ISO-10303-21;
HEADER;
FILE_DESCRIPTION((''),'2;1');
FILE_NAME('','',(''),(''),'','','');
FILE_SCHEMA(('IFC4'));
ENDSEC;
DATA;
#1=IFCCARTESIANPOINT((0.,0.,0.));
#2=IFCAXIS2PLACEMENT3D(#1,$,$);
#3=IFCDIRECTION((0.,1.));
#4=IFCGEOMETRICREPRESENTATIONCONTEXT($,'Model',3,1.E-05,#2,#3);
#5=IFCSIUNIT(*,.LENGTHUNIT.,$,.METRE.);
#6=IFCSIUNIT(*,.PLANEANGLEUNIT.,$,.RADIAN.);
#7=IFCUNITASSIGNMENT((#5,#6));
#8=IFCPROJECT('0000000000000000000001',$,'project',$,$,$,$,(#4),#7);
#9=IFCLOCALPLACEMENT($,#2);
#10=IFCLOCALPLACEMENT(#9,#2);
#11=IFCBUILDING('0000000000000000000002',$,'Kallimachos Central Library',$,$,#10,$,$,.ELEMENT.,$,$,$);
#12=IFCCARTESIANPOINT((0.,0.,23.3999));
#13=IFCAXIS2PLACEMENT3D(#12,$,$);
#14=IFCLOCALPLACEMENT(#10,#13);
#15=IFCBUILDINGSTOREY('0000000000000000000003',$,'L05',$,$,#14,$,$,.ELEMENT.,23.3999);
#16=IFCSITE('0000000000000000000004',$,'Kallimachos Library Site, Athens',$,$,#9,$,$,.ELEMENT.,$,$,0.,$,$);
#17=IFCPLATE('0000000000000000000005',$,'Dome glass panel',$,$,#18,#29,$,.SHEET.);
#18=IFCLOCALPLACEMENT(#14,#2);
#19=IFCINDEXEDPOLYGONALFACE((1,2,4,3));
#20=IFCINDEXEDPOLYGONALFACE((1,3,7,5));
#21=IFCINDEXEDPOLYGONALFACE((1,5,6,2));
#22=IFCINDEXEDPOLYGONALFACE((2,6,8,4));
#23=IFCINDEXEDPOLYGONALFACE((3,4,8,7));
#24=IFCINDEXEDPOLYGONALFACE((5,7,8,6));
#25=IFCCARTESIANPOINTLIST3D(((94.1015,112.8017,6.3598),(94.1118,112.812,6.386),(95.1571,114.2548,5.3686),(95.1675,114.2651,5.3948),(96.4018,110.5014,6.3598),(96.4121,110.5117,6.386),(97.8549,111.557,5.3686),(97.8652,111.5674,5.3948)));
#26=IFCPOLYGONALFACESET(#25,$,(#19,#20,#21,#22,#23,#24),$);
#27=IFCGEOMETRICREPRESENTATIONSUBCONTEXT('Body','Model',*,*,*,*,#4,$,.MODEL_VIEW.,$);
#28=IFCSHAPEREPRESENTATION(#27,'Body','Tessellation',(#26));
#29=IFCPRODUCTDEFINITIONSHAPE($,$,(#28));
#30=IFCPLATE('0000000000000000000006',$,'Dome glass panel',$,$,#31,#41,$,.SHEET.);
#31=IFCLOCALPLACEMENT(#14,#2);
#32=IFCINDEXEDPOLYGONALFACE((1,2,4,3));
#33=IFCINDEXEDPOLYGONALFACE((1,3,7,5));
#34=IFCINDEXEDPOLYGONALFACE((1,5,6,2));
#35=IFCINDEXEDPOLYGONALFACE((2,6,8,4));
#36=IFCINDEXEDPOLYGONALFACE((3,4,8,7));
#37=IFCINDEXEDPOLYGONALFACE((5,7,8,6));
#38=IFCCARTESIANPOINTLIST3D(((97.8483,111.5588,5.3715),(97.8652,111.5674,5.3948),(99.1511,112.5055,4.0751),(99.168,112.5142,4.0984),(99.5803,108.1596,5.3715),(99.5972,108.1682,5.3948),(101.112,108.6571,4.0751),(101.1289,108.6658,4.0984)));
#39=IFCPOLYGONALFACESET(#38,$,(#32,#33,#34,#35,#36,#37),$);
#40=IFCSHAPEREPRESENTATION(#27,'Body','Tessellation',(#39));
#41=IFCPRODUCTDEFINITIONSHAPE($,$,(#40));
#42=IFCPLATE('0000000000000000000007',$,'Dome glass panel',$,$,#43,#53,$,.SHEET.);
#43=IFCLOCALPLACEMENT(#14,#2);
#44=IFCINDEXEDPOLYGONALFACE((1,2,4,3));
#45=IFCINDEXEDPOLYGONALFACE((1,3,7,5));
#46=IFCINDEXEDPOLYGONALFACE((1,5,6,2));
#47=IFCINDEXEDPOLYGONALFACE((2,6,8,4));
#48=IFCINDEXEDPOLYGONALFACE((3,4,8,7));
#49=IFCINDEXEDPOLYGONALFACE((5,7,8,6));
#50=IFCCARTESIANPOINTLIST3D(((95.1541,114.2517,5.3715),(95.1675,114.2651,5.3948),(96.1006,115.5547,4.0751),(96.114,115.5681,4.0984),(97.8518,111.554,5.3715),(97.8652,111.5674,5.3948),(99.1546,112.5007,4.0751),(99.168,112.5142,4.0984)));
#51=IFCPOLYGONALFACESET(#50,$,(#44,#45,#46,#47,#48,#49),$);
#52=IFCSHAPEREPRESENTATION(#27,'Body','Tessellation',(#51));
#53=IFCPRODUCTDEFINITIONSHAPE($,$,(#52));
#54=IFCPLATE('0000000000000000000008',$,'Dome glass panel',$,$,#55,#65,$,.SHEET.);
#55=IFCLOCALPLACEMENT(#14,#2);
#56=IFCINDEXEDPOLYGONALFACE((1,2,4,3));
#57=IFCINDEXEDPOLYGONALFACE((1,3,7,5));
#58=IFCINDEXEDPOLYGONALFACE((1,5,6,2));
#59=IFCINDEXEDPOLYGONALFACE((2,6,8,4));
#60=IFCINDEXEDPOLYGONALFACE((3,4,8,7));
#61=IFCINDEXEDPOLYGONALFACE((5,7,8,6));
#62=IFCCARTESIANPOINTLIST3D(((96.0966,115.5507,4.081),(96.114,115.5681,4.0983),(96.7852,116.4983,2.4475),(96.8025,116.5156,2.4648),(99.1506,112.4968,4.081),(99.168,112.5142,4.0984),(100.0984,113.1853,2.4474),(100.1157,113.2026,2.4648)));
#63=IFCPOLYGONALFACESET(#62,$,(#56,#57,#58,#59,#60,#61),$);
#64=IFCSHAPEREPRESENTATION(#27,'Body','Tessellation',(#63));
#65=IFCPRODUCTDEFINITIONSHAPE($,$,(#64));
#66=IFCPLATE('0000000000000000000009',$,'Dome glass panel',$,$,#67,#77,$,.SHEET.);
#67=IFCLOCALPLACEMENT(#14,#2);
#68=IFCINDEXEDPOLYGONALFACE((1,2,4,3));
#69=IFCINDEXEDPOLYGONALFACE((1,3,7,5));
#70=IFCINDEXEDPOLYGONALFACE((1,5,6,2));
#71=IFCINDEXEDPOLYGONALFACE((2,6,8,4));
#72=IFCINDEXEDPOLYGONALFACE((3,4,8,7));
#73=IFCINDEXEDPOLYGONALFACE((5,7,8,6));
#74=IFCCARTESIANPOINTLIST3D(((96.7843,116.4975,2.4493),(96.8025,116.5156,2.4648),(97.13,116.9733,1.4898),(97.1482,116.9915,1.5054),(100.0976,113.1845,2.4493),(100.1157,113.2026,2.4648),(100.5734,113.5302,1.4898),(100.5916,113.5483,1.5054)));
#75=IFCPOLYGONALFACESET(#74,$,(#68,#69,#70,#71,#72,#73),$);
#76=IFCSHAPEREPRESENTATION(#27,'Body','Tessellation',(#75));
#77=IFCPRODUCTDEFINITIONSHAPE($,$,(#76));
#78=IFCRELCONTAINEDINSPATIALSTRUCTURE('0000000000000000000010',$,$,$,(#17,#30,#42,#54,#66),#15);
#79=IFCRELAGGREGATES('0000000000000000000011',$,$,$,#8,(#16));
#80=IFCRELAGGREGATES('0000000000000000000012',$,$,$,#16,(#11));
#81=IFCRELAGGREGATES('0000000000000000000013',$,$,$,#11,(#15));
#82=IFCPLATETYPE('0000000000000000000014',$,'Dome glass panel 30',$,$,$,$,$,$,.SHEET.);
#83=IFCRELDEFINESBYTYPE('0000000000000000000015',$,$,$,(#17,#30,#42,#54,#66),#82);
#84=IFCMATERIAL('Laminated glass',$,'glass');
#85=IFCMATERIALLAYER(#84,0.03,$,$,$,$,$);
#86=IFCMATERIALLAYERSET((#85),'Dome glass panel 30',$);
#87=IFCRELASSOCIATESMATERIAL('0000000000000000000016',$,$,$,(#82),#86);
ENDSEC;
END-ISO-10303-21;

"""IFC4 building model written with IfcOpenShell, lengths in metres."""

from ifc_helpers import new_model, si_unit, direction, frame, origin, place, context, subcontext, project, spatial, polyline, outline, extrude, material, layer, layer_set, type_object, element, save


model = new_model("IFC4")

# Units and contexts
model_context = context("Model", 3, precision=1e-05, world=origin(), true_north=direction((0.0, 1.0)))
body_context = subcontext(model_context, "Body", "Model", "MODEL_VIEW")
ifc_project = project(units=[si_unit("LENGTHUNIT", "METRE"), si_unit("PLANEANGLEUNIT", "RADIAN")], contexts=[model_context])

# Site, building, storey
site_placement = place(None, origin())
site = spatial("IfcSite", under=ifc_project, at=site_placement, Name="Kallimachos Library Site, Athens", CompositionType="ELEMENT", RefElevation=0.0)
building_placement = place(site_placement, origin())
building = spatial("IfcBuilding", under=site, at=building_placement, Name="Kallimachos Central Library", CompositionType="ELEMENT")
storey_placement = place(building_placement, frame((0.0, 0.0, 23.3999)))
storey = spatial("IfcBuildingStorey", under=building, at=storey_placement, Name="L05", CompositionType="ELEMENT", Elevation=23.3999)

# Plates
ifc_material_1 = material(Name="Laminated glass", Category="glass")
ifc_layer = layer(ifc_material_1, 0.03)
ifc_layer_set = layer_set([ifc_layer], Name="Dome glass panel 30")
plate_type = type_object("IfcPlateType", Name="Dome glass panel 30", PredefinedType="SHEET", material=ifc_layer_set)
plate_1_placement = place(storey_placement, frame((96.4121, 110.5117, 6.386), z_axis=(0.344907, 0.344907, 0.872971), x_axis=(0.708336, 0.514591, -0.483173)))
element("IfcPlate", 1, at=plate_1_placement, inside=storey, type_object=plate_type, Name="Dome glass panel", PredefinedType="SHEET", context=body_context, shape_type="SweptSolid", body=[
    extrude(outline(polyline([(0.0, 0.0), (2.0515, 0.0), (1.5288, 3.7792), (-0.4457, 3.2224), (0.0, 0.0)])), origin(), (0.0, 0.0, -1.0), 0.03),
])
plate_2_placement = place(storey_placement, frame((99.5972, 108.1682, 5.3948), z_axis=(0.562907, 0.28682, 0.775158), x_axis=(0.740869, 0.240657, -0.627054)))
element("IfcPlate", 2, at=plate_2_placement, inside=storey, type_object=plate_type, Name="Dome glass panel", PredefinedType="SHEET", context=body_context, shape_type="SweptSolid", body=[
    extrude(outline(polyline([(0.0, 0.0), (2.0675, 0.0), (1.5408, 4.287), (-0.4651, 3.7865), (0.0, 0.0)])), origin(), (0.0, 0.0, -1.0), 0.03),
])
plate_3_placement = place(storey_placement, frame((97.8652, 111.5674, 5.3948), z_axis=(0.446724, 0.446724, 0.775162), x_axis=(0.630133, 0.457957, -0.627063)))
element("IfcPlate", 3, at=plate_3_placement, inside=storey, type_object=plate_type, Name="Dome glass panel", PredefinedType="SHEET", context=body_context, shape_type="SweptSolid", body=[
    extrude(outline(polyline([(0.0, 0.0), (2.0674, 0.0), (1.5416, 4.2868), (-0.4645, 3.7868), (0.0, 0.0)])), origin(), (0.0, 0.0, -1.0), 0.03),
])
plate_4_placement = place(storey_placement, frame((99.168, 112.5142, 4.0984), z_axis=(0.577037, 0.577059, 0.577954), x_axis=(0.471465, 0.342481, -0.812667)))
element("IfcPlate", 4, at=plate_4_placement, inside=storey, type_object=plate_type, Name="Dome glass panel", PredefinedType="SHEET", context=body_context, shape_type="SweptSolid", body=[
    extrude(outline(polyline([(0.0, 0.0), (2.0102, 0.0), (1.5827, 4.6659), (-0.3939, 4.3009), (0.0, 0.0)])), origin(), (0.0, 0.0, -1.0), 0.03),
])
plate_5_placement = place(storey_placement, frame((100.1157, 113.2026, 2.4648), z_axis=(0.604858, 0.604902, 0.517919), x_axis=(0.422813, 0.307185, -0.852564)))
element("IfcPlate", 5, at=plate_5_placement, inside=storey, type_object=plate_type, Name="Dome glass panel", PredefinedType="SHEET", context=body_context, shape_type="SweptSolid", body=[
    extrude(outline(polyline([(0.0, 0.0), (1.1254, 0.0), (0.7272, 4.8532), (-0.3832, 4.6698), (0.0, 0.0)])), origin(), (0.0, 0.0, -1.0), 0.03),
])

save(model, "model.ifc")
